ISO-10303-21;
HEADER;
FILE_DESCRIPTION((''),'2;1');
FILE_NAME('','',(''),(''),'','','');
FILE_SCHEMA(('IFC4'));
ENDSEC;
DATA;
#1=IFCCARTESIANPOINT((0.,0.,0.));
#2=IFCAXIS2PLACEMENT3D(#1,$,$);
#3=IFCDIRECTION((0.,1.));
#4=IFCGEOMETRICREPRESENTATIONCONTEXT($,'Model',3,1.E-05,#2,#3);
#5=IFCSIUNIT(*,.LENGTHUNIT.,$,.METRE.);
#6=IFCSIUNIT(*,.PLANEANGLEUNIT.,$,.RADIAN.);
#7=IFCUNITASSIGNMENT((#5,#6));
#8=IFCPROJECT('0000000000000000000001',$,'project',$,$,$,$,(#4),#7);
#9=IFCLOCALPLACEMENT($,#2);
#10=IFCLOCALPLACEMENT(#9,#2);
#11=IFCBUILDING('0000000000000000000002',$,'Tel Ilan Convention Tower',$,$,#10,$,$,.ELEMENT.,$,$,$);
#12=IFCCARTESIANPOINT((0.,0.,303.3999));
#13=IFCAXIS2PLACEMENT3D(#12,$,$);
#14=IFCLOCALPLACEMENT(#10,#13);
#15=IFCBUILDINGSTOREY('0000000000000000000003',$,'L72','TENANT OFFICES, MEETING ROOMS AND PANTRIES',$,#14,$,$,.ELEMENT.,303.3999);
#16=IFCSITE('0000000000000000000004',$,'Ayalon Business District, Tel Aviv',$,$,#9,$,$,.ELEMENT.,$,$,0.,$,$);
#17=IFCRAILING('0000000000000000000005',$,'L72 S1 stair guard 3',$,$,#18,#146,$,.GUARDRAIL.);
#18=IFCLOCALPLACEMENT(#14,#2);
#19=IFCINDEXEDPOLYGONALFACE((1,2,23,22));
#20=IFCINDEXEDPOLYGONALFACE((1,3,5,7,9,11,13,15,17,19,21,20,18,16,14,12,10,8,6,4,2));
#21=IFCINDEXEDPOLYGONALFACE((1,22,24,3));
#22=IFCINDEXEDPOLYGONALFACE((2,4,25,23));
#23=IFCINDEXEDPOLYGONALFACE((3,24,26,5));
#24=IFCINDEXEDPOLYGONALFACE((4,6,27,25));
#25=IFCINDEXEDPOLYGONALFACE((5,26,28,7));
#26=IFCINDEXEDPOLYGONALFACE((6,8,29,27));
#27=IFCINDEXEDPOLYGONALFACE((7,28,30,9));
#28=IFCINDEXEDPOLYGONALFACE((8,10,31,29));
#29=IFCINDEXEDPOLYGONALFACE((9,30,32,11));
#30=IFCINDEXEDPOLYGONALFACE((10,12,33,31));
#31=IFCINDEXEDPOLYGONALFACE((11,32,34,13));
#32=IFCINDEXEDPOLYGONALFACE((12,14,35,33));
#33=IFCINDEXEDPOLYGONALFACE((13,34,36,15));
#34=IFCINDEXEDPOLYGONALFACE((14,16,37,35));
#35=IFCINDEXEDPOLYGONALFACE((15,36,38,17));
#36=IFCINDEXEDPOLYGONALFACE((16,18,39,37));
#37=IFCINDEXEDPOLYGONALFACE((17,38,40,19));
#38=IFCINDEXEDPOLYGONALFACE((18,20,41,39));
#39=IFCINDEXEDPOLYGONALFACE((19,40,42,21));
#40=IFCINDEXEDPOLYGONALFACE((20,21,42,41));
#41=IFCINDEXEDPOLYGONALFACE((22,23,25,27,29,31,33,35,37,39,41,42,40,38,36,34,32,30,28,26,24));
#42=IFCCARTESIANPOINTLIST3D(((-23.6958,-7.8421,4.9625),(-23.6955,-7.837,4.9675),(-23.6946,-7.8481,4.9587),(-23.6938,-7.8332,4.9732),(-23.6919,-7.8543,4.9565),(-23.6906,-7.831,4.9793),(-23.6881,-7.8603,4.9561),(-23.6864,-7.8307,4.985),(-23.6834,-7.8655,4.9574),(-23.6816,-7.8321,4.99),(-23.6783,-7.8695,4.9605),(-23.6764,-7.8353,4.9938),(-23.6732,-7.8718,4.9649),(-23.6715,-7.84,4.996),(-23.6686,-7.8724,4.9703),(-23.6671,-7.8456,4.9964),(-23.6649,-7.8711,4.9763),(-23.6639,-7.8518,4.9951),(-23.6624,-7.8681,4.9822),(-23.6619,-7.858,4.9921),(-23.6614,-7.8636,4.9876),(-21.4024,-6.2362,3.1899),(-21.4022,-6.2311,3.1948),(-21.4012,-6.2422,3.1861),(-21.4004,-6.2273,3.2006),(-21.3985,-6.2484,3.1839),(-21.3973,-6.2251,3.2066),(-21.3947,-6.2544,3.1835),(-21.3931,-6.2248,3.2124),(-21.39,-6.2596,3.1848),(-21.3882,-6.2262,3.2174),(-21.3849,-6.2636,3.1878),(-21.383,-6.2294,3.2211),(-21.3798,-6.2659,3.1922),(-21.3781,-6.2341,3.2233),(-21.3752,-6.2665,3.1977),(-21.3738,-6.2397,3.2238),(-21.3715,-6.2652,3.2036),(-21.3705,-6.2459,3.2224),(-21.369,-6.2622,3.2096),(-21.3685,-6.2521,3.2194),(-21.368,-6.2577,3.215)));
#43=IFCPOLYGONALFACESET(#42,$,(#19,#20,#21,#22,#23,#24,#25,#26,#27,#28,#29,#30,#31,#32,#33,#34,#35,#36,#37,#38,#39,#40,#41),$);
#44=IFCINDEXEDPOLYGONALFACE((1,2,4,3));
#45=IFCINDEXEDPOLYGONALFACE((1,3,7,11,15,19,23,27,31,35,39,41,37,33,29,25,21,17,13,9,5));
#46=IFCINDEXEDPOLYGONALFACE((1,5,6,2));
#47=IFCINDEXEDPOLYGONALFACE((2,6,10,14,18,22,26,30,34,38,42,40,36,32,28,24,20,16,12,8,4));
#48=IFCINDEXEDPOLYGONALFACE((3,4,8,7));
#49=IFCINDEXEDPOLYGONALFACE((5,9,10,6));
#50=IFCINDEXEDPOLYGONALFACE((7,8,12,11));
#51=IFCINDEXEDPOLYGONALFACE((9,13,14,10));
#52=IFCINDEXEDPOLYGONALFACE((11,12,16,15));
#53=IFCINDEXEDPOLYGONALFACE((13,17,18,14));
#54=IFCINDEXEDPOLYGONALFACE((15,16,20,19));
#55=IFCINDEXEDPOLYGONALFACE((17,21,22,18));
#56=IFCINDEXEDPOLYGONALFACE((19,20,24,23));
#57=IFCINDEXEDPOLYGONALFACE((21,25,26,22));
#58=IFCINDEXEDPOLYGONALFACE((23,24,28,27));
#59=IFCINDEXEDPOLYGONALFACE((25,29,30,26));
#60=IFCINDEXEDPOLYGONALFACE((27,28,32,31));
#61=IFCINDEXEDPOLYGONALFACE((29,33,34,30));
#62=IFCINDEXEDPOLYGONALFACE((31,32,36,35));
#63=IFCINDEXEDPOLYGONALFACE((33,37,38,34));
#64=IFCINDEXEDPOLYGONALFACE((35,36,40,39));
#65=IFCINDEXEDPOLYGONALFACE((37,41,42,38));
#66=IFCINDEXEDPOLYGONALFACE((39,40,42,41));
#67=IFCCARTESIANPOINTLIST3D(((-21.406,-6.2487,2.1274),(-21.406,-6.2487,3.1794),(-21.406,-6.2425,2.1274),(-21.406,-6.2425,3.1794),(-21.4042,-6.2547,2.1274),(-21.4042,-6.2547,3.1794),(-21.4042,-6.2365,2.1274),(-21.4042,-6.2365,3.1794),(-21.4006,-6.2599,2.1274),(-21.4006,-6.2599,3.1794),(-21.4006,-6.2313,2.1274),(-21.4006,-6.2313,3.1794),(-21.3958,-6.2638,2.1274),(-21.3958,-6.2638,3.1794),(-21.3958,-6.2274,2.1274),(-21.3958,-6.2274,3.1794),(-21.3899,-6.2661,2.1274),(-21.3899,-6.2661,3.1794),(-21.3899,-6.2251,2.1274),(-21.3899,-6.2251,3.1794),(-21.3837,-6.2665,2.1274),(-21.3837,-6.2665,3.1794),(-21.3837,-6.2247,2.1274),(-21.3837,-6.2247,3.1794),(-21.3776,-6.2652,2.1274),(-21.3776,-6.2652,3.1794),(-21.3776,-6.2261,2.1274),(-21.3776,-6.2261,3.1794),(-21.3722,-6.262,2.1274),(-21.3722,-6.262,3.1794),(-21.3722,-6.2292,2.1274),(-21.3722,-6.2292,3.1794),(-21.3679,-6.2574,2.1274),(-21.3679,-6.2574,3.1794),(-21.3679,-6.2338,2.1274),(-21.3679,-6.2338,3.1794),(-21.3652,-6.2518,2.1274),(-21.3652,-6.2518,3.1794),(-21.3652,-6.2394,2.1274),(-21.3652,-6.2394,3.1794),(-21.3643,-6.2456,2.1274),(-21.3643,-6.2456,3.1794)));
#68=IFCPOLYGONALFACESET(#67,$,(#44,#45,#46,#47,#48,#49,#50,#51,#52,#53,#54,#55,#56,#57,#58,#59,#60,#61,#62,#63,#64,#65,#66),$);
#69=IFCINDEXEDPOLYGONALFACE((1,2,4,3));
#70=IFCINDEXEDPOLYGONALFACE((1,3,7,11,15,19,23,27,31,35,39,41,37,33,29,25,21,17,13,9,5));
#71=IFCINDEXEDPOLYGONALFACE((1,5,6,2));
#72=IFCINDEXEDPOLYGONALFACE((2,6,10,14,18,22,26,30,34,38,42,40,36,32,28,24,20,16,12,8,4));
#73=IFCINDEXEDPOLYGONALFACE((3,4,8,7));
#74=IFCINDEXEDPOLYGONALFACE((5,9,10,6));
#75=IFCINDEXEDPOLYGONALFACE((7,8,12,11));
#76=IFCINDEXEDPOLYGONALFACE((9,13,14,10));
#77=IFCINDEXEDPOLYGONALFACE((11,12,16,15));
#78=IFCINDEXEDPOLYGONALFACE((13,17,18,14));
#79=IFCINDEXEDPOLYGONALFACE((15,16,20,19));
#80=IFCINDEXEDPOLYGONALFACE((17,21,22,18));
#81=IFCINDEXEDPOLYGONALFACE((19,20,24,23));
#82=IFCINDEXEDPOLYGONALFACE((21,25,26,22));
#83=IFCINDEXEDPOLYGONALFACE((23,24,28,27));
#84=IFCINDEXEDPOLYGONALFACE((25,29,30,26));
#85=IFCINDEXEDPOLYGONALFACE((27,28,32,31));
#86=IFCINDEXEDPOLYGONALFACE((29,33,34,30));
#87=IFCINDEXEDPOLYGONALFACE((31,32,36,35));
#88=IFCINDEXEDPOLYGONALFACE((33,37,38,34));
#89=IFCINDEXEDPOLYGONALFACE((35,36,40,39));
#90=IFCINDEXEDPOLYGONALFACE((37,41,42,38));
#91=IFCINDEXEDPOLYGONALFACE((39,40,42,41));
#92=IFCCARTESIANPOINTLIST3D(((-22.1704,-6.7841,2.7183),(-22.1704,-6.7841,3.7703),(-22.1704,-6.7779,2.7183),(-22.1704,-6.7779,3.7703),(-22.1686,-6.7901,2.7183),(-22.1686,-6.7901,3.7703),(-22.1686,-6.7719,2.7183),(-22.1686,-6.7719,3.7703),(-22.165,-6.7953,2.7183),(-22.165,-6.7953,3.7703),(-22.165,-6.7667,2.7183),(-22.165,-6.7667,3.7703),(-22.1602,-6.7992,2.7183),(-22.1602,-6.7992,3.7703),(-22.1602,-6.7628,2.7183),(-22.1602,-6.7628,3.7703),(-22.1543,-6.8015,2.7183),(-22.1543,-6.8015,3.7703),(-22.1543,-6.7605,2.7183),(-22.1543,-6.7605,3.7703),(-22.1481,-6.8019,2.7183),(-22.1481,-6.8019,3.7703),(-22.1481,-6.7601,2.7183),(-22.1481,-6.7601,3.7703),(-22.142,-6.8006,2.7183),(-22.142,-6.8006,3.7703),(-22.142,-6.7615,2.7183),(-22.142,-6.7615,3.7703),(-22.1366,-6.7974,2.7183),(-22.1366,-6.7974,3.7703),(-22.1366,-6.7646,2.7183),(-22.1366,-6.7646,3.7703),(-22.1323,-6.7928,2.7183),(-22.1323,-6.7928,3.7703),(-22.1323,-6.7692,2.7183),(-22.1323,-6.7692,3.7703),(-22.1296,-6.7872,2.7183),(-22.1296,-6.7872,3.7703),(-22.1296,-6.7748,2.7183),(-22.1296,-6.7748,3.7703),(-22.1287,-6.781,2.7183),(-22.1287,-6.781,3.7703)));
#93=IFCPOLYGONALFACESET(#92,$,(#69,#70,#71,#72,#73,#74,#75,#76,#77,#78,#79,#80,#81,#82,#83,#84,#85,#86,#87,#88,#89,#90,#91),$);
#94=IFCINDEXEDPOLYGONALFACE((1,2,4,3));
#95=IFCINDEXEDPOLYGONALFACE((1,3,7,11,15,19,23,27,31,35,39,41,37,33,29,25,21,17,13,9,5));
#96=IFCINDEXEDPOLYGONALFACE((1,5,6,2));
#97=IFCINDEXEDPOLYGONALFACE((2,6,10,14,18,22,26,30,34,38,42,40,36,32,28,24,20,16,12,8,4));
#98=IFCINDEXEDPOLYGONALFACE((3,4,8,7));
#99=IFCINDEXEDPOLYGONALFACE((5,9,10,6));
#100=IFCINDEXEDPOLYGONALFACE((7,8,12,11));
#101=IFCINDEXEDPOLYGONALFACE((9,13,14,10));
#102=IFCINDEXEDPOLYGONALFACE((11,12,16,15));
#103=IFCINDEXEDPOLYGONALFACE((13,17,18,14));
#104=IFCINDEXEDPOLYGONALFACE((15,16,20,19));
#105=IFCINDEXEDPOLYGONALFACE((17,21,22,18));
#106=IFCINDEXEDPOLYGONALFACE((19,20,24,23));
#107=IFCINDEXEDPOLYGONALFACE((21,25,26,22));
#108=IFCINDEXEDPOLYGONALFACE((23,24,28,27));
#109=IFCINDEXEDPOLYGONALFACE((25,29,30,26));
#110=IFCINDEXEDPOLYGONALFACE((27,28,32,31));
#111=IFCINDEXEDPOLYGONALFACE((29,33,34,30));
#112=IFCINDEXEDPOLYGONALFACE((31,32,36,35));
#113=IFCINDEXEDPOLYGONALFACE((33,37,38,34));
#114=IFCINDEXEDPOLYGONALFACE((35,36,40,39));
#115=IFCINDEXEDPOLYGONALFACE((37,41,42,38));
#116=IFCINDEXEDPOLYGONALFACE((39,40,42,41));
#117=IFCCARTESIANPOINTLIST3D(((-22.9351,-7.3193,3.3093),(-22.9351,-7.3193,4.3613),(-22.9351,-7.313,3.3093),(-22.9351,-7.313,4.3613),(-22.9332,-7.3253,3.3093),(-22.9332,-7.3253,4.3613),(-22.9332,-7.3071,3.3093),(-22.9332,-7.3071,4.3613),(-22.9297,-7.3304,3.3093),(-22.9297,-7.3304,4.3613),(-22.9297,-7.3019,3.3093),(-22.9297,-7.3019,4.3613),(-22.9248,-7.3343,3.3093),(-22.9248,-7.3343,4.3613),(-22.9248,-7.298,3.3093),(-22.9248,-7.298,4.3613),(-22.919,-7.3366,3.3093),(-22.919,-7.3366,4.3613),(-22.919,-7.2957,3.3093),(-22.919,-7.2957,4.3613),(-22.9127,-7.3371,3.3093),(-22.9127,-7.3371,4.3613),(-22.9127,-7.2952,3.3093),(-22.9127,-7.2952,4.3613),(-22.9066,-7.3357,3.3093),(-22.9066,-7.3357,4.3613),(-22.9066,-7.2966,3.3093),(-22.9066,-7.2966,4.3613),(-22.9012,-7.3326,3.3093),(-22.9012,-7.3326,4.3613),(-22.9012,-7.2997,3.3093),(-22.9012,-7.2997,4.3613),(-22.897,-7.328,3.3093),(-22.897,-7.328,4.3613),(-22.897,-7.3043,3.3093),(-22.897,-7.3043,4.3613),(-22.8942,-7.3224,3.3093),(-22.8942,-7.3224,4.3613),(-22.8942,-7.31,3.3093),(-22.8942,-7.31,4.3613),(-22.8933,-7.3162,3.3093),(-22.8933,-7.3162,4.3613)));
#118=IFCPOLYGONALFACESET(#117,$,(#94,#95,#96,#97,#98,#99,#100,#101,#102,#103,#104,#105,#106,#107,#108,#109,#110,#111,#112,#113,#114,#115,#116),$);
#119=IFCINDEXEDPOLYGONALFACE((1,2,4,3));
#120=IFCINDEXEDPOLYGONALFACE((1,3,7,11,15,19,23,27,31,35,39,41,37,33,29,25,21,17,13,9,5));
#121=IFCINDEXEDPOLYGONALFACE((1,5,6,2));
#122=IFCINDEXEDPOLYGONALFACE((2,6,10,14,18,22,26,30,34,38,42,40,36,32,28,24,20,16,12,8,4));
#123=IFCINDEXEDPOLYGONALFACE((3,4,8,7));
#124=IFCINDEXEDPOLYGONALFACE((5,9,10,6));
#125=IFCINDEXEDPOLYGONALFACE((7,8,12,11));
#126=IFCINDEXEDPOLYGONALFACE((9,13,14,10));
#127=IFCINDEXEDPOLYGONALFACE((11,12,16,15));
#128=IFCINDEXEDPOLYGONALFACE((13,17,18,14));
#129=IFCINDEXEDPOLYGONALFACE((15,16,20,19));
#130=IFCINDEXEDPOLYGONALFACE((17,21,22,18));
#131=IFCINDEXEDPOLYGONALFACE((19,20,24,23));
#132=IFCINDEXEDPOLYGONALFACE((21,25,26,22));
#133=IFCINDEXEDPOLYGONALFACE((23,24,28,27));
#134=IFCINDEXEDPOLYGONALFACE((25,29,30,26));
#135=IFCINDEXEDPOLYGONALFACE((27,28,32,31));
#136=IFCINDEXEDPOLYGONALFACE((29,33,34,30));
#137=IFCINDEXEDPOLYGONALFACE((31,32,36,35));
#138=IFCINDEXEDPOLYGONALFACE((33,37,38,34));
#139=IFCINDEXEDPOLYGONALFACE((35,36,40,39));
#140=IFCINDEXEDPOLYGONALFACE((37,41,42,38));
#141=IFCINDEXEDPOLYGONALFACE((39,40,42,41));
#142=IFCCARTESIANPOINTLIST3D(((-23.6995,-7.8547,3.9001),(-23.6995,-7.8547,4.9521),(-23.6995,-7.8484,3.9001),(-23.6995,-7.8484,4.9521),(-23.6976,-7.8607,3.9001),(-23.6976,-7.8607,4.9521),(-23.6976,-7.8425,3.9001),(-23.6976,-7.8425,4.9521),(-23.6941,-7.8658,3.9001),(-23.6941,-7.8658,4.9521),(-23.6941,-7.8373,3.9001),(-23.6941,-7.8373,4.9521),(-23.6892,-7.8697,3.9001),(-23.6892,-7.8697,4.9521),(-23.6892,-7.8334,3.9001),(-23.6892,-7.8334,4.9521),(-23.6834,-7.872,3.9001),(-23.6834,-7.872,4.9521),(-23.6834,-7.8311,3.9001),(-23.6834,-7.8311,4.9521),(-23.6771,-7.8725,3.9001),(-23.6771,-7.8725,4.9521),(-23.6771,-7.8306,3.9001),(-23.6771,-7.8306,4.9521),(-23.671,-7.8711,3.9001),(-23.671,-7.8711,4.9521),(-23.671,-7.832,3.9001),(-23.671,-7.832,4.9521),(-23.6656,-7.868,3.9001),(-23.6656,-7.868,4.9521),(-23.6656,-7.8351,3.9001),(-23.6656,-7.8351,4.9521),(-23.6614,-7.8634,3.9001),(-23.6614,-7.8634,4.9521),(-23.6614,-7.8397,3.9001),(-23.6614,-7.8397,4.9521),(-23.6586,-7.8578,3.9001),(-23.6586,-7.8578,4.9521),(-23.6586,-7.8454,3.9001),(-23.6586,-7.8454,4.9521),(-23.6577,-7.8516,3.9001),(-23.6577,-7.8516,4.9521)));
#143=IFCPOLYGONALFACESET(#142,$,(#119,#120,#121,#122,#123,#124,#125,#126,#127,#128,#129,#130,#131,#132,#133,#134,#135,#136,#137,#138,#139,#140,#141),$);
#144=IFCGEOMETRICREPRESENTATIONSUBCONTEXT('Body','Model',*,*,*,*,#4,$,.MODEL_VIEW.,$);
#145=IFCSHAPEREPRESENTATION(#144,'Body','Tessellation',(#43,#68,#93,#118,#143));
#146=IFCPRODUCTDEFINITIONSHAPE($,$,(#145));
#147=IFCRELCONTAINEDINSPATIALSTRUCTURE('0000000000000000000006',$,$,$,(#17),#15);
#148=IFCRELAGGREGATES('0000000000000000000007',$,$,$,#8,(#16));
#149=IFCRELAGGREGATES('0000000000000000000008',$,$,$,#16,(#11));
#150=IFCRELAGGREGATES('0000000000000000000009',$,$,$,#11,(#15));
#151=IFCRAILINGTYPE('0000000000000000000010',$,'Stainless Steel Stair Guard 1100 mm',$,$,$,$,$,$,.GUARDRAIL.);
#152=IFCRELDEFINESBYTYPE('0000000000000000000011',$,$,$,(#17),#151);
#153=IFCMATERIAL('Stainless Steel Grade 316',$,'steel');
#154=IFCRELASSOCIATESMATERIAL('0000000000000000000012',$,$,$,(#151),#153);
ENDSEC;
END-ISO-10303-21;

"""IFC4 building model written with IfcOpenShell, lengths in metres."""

from ifc_helpers import new_model, si_unit, direction, frame, origin, origin_2d, place, context, subcontext, project, spatial, circle, extrude, material, type_object, element, save


model = new_model("IFC4")

# Units and contexts
model_context = context("Model", 3, precision=1e-05, world=origin(), true_north=direction((0.0, 1.0)))
body_context = subcontext(model_context, "Body", "Model", "MODEL_VIEW")
ifc_project = project(units=[si_unit("LENGTHUNIT", "METRE"), si_unit("PLANEANGLEUNIT", "RADIAN")], contexts=[model_context])

# Site, building, storey
site_placement = place(None, origin())
site = spatial("IfcSite", under=ifc_project, at=site_placement, Name="Ayalon Business District, Tel Aviv", CompositionType="ELEMENT", RefElevation=0.0)
building_placement = place(site_placement, origin())
building = spatial("IfcBuilding", under=site, at=building_placement, Name="Tel Ilan Convention Tower", CompositionType="ELEMENT")
storey_placement = place(building_placement, frame((0.0, 0.0, 303.3999)))
storey = spatial("IfcBuildingStorey", under=building, at=storey_placement, Name="L72", Description="TENANT OFFICES, MEETING ROOMS AND PANTRIES", CompositionType="ELEMENT", Elevation=303.3999)

# Railing
ifc_material_1 = material(Name="Stainless Steel Grade 316", Category="steel")
railing_type_1 = type_object("IfcRailingType", Name="Stainless Steel Stair Guard 1100 mm", PredefinedType="GUARDRAIL", material=ifc_material_1)
railing_1_placement = place(storey_placement, frame((-21.3853, -6.2456, 2.1274)))
element("IfcRailing", 1, at=railing_1_placement, inside=storey, type_object=railing_type_1, Name="L72 S1 stair guard 3", PredefinedType="GUARDRAIL", context=body_context, shape_type="SweptSolid", body=[
    extrude(circle(Radius=0.0239, at=origin_2d()), frame((0.0, 0.0, 1.0762), z_axis=(-0.692085, -0.484621, 0.53494), x_axis=(0.573591, -0.819142, 0.0)), (0.0, 0.0, 1.0), 3.3137),
    extrude(circle(Radius=0.021, at=origin_2d()), origin(), (0.0, 0.0, 1.0), 1.052),
    extrude(circle(Radius=0.021, at=origin_2d()), frame((-0.7644, -0.5354, 0.5908)), (0.0, 0.0, 1.0), 1.052),
    extrude(circle(Radius=0.021, at=origin_2d()), frame((-1.5291, -1.0706, 1.1819)), (0.0, 0.0, 1.0), 1.052),
    extrude(circle(Radius=0.021, at=origin_2d()), frame((-2.2935, -1.606, 1.7727)), (0.0, 0.0, 1.0), 1.052),
])

save(model, "model.ifc")
